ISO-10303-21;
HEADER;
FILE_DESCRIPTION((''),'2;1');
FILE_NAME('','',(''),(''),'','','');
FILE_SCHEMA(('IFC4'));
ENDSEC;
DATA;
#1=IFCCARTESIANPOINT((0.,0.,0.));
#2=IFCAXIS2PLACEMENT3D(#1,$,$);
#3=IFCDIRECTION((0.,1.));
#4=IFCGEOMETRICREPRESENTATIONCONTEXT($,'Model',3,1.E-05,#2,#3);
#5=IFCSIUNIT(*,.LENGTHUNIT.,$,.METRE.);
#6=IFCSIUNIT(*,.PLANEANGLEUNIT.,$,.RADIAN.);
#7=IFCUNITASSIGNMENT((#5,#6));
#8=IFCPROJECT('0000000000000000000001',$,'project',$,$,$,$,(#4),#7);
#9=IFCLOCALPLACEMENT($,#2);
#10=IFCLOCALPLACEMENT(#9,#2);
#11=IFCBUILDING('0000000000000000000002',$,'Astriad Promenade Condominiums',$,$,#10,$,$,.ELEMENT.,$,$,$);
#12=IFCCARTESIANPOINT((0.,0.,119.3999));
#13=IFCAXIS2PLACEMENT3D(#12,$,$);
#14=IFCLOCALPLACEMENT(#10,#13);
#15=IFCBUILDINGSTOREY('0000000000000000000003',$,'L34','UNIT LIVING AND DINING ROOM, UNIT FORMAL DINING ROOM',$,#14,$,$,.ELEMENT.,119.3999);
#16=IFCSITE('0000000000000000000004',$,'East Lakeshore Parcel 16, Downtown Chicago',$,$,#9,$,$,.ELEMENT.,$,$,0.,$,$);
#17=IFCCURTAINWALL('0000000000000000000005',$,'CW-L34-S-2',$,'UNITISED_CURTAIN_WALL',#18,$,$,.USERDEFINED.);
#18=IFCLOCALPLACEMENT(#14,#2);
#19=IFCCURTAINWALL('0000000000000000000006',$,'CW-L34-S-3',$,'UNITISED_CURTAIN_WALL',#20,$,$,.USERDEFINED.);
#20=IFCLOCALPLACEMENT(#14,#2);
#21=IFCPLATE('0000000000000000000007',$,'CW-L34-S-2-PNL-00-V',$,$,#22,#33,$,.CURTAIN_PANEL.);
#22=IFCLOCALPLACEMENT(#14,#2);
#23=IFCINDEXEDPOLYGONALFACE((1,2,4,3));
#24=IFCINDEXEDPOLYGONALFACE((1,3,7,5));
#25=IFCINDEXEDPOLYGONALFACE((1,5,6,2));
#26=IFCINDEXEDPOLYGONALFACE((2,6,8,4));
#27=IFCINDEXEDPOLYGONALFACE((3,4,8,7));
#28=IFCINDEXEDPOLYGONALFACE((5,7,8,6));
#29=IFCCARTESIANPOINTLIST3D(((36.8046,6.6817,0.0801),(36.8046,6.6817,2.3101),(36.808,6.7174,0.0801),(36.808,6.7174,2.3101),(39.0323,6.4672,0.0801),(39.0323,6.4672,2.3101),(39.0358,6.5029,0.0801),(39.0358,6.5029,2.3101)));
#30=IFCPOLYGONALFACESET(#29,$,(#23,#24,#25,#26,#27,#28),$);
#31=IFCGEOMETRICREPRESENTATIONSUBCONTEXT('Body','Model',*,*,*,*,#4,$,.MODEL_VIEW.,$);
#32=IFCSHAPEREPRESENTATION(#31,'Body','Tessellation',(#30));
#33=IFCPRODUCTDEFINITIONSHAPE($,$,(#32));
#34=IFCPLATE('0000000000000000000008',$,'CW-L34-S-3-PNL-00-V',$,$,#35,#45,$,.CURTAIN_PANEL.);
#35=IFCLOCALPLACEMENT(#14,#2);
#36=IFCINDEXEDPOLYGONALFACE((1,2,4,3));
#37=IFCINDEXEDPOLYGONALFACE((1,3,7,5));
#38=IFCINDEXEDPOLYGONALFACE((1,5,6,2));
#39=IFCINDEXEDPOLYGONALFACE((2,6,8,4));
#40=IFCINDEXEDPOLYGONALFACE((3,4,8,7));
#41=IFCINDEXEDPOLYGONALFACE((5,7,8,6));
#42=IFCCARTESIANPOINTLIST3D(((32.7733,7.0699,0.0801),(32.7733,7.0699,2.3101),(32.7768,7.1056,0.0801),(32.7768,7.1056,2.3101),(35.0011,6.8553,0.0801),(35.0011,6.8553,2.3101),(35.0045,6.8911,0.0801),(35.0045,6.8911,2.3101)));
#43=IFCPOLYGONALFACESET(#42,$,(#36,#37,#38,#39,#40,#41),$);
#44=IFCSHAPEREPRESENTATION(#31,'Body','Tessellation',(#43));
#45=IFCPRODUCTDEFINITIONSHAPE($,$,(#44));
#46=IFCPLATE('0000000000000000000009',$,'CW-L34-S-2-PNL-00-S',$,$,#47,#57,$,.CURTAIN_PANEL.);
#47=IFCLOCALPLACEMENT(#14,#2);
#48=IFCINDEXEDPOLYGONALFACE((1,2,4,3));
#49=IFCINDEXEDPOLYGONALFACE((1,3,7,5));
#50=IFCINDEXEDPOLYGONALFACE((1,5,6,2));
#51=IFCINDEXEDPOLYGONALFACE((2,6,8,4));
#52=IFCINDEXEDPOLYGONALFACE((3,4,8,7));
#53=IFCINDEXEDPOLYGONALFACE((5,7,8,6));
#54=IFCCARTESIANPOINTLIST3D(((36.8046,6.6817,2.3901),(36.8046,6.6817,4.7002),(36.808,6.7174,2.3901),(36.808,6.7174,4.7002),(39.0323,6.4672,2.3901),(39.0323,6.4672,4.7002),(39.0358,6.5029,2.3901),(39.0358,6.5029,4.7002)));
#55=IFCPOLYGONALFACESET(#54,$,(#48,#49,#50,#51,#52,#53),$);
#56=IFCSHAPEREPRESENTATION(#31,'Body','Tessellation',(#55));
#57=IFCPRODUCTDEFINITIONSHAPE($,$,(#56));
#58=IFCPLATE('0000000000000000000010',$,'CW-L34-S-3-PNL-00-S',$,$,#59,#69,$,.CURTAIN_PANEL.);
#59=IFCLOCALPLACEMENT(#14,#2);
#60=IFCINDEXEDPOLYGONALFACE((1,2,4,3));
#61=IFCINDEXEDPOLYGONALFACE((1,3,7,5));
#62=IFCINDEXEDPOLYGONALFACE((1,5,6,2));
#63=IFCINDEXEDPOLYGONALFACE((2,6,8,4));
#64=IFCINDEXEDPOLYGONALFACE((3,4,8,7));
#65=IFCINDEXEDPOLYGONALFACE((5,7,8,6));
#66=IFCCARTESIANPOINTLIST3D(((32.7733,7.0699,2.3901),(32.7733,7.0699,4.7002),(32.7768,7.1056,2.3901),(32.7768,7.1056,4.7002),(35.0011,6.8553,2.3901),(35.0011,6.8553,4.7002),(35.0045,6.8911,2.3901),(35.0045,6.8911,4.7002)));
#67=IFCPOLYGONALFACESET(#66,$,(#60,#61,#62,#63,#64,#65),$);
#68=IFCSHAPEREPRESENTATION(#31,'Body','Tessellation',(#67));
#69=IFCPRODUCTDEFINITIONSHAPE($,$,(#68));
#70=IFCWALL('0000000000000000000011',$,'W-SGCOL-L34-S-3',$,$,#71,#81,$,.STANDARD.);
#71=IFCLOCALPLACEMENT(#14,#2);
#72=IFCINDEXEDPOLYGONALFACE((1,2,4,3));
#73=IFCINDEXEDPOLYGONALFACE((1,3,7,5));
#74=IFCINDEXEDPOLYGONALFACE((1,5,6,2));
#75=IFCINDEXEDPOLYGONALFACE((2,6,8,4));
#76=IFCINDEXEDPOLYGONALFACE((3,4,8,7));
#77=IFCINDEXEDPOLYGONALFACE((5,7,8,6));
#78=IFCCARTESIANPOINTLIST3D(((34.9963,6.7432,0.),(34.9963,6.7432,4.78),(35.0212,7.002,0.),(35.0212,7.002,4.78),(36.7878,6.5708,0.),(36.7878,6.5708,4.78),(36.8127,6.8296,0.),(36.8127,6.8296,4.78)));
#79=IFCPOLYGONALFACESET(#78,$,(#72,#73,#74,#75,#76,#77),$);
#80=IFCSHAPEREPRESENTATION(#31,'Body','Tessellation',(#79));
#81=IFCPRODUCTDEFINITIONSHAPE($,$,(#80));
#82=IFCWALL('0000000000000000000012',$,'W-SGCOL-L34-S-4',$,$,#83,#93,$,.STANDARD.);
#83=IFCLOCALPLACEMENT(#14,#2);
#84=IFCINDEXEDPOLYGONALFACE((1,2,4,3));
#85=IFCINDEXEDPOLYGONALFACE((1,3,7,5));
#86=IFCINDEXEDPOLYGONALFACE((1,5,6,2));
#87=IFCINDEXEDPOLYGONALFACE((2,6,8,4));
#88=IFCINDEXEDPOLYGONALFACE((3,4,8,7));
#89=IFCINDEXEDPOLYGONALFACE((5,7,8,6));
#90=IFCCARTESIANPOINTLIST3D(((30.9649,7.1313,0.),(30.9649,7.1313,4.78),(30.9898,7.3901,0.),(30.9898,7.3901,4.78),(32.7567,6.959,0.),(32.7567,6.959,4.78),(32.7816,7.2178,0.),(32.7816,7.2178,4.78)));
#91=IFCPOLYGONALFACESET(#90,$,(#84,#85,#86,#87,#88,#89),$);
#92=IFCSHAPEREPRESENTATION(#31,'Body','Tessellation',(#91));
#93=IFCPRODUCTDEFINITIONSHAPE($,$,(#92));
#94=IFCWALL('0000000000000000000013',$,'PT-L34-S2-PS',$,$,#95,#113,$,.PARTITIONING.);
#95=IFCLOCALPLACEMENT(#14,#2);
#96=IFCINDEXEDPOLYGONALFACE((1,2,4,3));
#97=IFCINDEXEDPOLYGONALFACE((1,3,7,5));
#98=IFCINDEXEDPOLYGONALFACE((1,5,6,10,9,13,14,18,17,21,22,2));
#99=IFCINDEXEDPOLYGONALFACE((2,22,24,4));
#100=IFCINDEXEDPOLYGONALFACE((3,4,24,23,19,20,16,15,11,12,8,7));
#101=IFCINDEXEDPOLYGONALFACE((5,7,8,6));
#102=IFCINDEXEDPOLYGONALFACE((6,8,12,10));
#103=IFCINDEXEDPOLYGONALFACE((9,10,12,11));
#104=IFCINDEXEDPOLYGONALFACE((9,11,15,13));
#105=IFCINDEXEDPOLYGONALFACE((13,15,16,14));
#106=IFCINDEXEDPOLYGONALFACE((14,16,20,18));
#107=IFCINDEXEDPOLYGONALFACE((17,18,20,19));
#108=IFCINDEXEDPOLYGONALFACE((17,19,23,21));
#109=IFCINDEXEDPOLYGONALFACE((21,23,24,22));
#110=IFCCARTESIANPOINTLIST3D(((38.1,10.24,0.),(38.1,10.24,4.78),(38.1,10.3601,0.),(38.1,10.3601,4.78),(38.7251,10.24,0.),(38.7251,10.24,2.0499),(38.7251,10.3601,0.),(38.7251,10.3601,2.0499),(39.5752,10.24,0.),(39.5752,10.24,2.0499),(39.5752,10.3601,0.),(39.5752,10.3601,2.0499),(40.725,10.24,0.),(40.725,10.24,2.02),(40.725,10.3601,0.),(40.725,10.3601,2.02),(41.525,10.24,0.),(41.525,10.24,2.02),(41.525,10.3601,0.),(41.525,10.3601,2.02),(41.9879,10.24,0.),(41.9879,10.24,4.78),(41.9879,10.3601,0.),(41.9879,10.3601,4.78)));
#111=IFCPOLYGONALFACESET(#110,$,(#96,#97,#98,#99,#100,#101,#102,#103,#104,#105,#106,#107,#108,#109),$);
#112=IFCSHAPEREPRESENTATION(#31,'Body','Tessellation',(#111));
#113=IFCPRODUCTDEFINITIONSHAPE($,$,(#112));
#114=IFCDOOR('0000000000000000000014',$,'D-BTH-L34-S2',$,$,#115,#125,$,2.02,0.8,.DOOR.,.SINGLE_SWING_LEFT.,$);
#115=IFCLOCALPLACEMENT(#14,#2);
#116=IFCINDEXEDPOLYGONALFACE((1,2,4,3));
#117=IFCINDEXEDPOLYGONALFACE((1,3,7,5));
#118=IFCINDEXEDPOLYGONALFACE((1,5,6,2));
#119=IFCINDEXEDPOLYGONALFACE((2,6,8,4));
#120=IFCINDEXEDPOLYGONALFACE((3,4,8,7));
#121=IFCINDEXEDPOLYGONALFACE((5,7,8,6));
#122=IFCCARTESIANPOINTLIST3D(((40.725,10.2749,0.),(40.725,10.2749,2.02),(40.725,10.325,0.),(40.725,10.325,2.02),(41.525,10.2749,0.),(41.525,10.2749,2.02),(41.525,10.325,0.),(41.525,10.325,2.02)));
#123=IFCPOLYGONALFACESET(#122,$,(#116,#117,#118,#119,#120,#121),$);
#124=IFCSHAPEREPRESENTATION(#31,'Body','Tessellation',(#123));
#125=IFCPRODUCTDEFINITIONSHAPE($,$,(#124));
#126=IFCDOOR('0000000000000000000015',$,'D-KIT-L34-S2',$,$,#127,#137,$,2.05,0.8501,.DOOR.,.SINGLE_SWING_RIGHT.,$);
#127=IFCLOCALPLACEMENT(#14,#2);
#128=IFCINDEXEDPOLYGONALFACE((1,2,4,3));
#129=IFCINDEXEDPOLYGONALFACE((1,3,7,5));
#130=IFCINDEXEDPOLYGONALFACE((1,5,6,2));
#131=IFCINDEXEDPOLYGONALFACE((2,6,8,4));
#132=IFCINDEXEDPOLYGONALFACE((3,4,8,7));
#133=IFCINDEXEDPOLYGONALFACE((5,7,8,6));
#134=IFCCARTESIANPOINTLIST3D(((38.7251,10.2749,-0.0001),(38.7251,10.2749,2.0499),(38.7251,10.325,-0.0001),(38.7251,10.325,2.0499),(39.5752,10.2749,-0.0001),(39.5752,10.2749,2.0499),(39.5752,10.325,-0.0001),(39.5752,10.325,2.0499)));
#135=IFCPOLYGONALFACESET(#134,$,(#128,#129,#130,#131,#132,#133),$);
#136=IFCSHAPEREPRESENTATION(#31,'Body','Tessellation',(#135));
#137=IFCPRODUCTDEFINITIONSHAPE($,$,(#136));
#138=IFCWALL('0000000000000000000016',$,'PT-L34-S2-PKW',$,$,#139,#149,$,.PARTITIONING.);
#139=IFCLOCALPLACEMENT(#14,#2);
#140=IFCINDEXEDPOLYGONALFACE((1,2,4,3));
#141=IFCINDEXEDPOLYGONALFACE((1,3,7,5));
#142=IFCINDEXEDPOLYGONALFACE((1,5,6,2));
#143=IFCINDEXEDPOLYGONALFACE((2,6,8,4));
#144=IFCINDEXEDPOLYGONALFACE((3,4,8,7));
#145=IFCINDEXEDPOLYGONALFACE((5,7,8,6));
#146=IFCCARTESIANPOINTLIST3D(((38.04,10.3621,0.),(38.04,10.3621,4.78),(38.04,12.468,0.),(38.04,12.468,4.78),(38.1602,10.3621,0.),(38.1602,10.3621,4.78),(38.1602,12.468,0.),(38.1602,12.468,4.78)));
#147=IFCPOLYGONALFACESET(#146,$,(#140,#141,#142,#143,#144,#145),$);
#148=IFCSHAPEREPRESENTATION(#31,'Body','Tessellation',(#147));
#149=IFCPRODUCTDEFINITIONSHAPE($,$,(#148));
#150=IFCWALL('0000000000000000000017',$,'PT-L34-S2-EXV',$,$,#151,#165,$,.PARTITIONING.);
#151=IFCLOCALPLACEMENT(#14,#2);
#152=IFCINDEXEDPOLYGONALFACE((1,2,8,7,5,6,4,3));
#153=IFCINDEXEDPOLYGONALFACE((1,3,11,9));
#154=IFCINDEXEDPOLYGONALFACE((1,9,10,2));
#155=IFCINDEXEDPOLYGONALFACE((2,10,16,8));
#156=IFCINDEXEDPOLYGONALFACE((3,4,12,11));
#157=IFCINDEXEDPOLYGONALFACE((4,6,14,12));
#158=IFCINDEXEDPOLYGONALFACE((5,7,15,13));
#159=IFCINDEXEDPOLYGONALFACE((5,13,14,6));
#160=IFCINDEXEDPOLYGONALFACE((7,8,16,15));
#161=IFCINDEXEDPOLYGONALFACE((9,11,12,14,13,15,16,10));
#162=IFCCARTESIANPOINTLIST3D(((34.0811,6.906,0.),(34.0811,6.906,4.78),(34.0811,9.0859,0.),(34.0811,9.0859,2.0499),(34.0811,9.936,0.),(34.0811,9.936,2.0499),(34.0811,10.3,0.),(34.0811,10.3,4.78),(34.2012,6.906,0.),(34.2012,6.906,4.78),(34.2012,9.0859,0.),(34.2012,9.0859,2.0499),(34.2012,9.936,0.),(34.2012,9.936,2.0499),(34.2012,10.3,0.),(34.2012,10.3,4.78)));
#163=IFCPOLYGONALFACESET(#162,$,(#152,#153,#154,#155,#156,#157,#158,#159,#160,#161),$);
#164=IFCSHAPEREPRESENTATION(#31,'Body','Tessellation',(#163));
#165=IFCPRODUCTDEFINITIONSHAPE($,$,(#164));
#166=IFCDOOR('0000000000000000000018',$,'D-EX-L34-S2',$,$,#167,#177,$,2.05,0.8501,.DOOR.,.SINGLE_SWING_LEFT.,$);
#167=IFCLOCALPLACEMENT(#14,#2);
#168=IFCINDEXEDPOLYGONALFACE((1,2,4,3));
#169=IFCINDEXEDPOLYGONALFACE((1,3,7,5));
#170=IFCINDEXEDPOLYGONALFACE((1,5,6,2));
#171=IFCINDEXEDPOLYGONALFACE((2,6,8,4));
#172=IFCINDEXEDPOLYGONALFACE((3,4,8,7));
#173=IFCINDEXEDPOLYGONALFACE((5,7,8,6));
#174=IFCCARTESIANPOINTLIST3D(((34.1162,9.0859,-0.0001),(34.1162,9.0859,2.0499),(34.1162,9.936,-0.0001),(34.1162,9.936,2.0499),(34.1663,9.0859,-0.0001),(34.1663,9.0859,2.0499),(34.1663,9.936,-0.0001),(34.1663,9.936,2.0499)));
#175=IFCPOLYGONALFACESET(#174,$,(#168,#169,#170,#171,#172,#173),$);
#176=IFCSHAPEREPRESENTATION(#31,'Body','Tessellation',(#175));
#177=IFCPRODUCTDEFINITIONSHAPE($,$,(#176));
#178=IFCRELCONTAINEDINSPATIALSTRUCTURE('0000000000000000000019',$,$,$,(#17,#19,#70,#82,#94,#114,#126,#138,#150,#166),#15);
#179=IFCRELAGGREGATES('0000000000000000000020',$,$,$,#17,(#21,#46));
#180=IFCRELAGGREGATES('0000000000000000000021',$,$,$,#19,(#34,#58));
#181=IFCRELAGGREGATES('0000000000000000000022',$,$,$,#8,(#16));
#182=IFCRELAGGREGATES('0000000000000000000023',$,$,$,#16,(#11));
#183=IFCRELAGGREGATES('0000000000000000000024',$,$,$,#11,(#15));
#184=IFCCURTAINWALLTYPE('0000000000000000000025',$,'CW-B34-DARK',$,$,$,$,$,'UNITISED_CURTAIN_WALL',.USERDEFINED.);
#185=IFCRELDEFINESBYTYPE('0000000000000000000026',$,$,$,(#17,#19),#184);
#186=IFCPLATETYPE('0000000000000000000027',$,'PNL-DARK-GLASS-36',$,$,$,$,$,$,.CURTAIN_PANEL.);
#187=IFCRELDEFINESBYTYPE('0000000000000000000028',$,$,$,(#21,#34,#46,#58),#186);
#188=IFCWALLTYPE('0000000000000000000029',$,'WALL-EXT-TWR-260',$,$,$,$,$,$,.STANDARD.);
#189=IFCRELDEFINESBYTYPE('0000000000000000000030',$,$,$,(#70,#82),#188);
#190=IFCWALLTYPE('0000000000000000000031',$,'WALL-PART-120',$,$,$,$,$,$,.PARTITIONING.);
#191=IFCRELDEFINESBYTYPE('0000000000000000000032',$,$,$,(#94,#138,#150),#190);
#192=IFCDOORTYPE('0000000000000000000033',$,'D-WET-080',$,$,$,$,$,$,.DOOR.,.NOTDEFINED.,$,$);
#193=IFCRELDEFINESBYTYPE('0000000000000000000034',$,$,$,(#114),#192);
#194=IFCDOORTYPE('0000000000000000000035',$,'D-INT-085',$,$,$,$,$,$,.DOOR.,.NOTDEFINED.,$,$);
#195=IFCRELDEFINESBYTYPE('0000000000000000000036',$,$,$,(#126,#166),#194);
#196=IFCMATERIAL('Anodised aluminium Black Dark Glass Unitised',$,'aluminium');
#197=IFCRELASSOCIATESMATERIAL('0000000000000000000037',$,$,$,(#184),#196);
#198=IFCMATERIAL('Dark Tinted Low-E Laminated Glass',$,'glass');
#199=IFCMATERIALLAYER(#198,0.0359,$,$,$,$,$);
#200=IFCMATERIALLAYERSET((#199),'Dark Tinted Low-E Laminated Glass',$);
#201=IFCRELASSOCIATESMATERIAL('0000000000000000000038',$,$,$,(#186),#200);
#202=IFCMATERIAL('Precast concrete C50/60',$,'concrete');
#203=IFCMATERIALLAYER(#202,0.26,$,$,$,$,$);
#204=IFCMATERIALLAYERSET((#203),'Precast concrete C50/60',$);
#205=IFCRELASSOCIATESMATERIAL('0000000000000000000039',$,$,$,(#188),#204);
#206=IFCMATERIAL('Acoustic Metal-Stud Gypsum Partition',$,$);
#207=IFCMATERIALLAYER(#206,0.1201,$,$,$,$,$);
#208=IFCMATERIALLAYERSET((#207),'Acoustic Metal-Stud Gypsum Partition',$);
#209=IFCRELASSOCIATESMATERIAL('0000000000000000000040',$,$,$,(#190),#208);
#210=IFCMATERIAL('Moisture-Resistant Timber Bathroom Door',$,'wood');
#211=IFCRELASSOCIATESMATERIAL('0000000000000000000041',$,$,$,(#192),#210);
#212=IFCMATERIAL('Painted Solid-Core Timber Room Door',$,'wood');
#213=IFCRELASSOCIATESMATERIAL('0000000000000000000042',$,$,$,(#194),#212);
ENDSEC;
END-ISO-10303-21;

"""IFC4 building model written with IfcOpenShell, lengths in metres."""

from ifc_helpers import new_model, si_unit, direction, frame, frame_2d, origin, origin_2d, place, context, subcontext, project, spatial, rectangle, extrude, source, transform, mapped, material, layer, layer_set, type_object, type_shapes, element, fill, aggregate, save


model = new_model("IFC4")

# Units and contexts
model_context = context("Model", 3, precision=1e-05, world=origin(), true_north=direction((0.0, 1.0)))
body_context = subcontext(model_context, "Body", "Model", "MODEL_VIEW")
ifc_project = project(units=[si_unit("LENGTHUNIT", "METRE"), si_unit("PLANEANGLEUNIT", "RADIAN")], contexts=[model_context])

# Site, building, storey
site_placement = place(None, origin())
site = spatial("IfcSite", under=ifc_project, at=site_placement, Name="East Lakeshore Parcel 16, Downtown Chicago", CompositionType="ELEMENT", RefElevation=0.0)
building_placement = place(site_placement, origin())
building = spatial("IfcBuilding", under=site, at=building_placement, Name="Astriad Promenade Condominiums", CompositionType="ELEMENT")
storey_placement = place(building_placement, frame((0.0, 0.0, 119.3999)))
storey = spatial("IfcBuildingStorey", under=building, at=storey_placement, Name="L34", Description="UNIT LIVING AND DINING ROOM, UNIT FORMAL DINING ROOM", CompositionType="ELEMENT", Elevation=119.3999)

# Curtain wall
ifc_material_1 = material(Name="Anodised aluminium Black Dark Glass Unitised", Category="aluminium")
curtain_wall_type = type_object("IfcCurtainWallType", Name="CW-B34-DARK", ElementType="UNITISED_CURTAIN_WALL", PredefinedType="USERDEFINED", material=ifc_material_1)
curtain_wall_1_placement = place(storey_placement, origin())
curtain_wall_1 = element("IfcCurtainWall", 1, at=curtain_wall_1_placement, inside=storey, type_object=curtain_wall_type, Name="CW-L34-S-2", ObjectType="UNITISED_CURTAIN_WALL", PredefinedType="USERDEFINED")

# Curtain wall
curtain_wall_2_placement = place(storey_placement, origin())
curtain_wall_2 = element("IfcCurtainWall", 2, at=curtain_wall_2_placement, inside=storey, type_object=curtain_wall_type, Name="CW-L34-S-3", ObjectType="UNITISED_CURTAIN_WALL", PredefinedType="USERDEFINED")

# Plates
ifc_material_2 = material(Name="Dark Tinted Low-E Laminated Glass", Category="glass")
ifc_layer_1 = layer(ifc_material_2, 0.0359)
ifc_layer_set_1 = layer_set([ifc_layer_1], Name="Dark Tinted Low-E Laminated Glass")
plate_type = type_object("IfcPlateType", Name="PNL-DARK-GLASS-36", PredefinedType="CURTAIN_PANEL", material=ifc_layer_set_1)
shared_shape_1 = source(origin(), body_context, "Body", "SweptSolid", [
    extrude(rectangle(XDim=2.238, YDim=0.0359, at=origin_2d()), origin(), (0.0, 0.0, 1.0), 2.23),
])
plate_1_placement = place(storey_placement, frame((37.9202, 6.5923, 0.0801), z_axis=(0.0, 0.0, 1.0), x_axis=(-0.995398, 0.095828, 0.0)))
plate_1 = element("IfcPlate", 3, at=plate_1_placement, type_object=plate_type, Name="CW-L34-S-2-PNL-00-V", PredefinedType="CURTAIN_PANEL", context=body_context, shape_type="MappedRepresentation", body=[
    mapped(shared_shape_1, transform((0.0, 0.0, 0.0), scale=1.0)),
])
plate_2_placement = place(storey_placement, frame((33.8889, 6.9805, 0.0801), z_axis=(0.0, 0.0, 1.0), x_axis=(-0.995395, 0.095863, 0.0)))
plate_2 = element("IfcPlate", 4, at=plate_2_placement, type_object=plate_type, Name="CW-L34-S-3-PNL-00-V", PredefinedType="CURTAIN_PANEL", context=body_context, shape_type="MappedRepresentation", body=[
    mapped(shared_shape_1, transform((0.0, 0.0, 0.0), scale=1.0)),
])
shared_shape_2 = source(origin(), body_context, "Body", "SweptSolid", [
    extrude(rectangle(XDim=2.238, YDim=0.0359, at=origin_2d()), origin(), (0.0, 0.0, 1.0), 2.3101),
])
type_shapes(plate_type, [shared_shape_1, shared_shape_2])
plate_3_placement = place(storey_placement, frame((37.9202, 6.5923, 2.3901), z_axis=(0.0, 0.0, 1.0), x_axis=(-0.995398, 0.095828, 0.0)))
plate_3 = element("IfcPlate", 5, at=plate_3_placement, type_object=plate_type, Name="CW-L34-S-2-PNL-00-S", PredefinedType="CURTAIN_PANEL", context=body_context, shape_type="MappedRepresentation", body=[
    mapped(shared_shape_2, transform((0.0, 0.0, 0.0), scale=1.0)),
])
aggregate(curtain_wall_1, [plate_1, plate_3])
plate_4_placement = place(storey_placement, frame((33.8889, 6.9805, 2.3901), z_axis=(0.0, 0.0, 1.0), x_axis=(-0.995395, 0.095863, 0.0)))
plate_4 = element("IfcPlate", 6, at=plate_4_placement, type_object=plate_type, Name="CW-L34-S-3-PNL-00-S", PredefinedType="CURTAIN_PANEL", context=body_context, shape_type="MappedRepresentation", body=[
    mapped(shared_shape_2, transform((0.0, 0.0, 0.0), scale=1.0)),
])
aggregate(curtain_wall_2, [plate_2, plate_4])

# Walls
ifc_material_3 = material(Name="Precast concrete C50/60", Category="concrete")
ifc_layer_2 = layer(ifc_material_3, 0.26)
ifc_layer_set_2 = layer_set([ifc_layer_2], Name="Precast concrete C50/60")
wall_type_1 = type_object("IfcWallType", Name="WALL-EXT-TWR-260", PredefinedType="STANDARD", material=ifc_layer_set_2)
wall_1_placement = place(storey_placement, frame((36.8003, 6.7002, 0.0), z_axis=(0.0, 0.0, 1.0), x_axis=(-0.995404, 0.095769, 0.0)))
element("IfcWall", 7, at=wall_1_placement, inside=storey, type_object=wall_type_1, Name="W-SGCOL-L34-S-3", PredefinedType="STANDARD", context=body_context, shape_type="SweptSolid", body=[
    extrude(rectangle(XDim=1.7998, YDim=0.26, at=frame_2d((0.8999, 0.0))), origin(), (0.0, 0.0, 1.0), 4.78),
])
wall_2_placement = place(storey_placement, frame((32.769, 7.0884, 0.0), z_axis=(0.0, 0.0, 1.0), x_axis=(-0.995405, 0.095756, 0.0)))
element("IfcWall", 8, at=wall_2_placement, inside=storey, type_object=wall_type_1, Name="W-SGCOL-L34-S-4", PredefinedType="STANDARD", context=body_context, shape_type="SweptSolid", body=[
    extrude(rectangle(XDim=1.8, YDim=0.26, at=frame_2d((0.8999, 0.0))), origin(), (0.0, 0.0, 1.0), 4.78),
])

# Wall, openings, doors
ifc_material_4 = material(Name="Acoustic Metal-Stud Gypsum Partition")
ifc_layer_3 = layer(ifc_material_4, 0.1201)
ifc_layer_set_3 = layer_set([ifc_layer_3], Name="Acoustic Metal-Stud Gypsum Partition")
wall_type_2 = type_object("IfcWallType", Name="WALL-PART-120", PredefinedType="PARTITIONING", material=ifc_layer_set_3)
wall_3_placement = place(storey_placement, frame((38.1001, 10.3, 0.0), z_axis=(0.0, 0.0, 1.0), x_axis=(1.0, 0.0, 0.0)))
wall_3 = element("IfcWall", 9, at=wall_3_placement, inside=storey, type_object=wall_type_2, Name="PT-L34-S2-PS", PredefinedType="PARTITIONING", context=body_context, shape_type="SweptSolid", body=[
    extrude(rectangle(XDim=3.8879, YDim=0.1201, at=frame_2d((1.9438, 0.0))), origin(), (0.0, 0.0, 1.0), 4.78),
])
opening_1_placement = place(wall_3_placement, frame((0.625, 0.0, 0.0)))
opening_1 = element("IfcOpeningElement", 10, at=opening_1_placement, cuts=wall_3, PredefinedType="OPENING", context=body_context, shape_type="SweptSolid", body=[
    extrude(rectangle(XDim=0.8501, YDim=2.05, at=frame_2d((0.425, 1.0249))), frame((0.0, 0.0701, 0.0), z_axis=(0.0, -1.0, 0.0), x_axis=(1.0, 0.0, 0.0)), (0.0, 0.0, 1.0), 0.1401),
])
opening_2_placement = place(wall_3_placement, frame((2.625, 0.0, 0.0)))
opening_2 = element("IfcOpeningElement", 11, at=opening_2_placement, cuts=wall_3, PredefinedType="OPENING", context=body_context, shape_type="SweptSolid", body=[
    extrude(rectangle(XDim=0.8, YDim=2.02, at=frame_2d((0.3999, 1.01))), frame((0.0, 0.0701, 0.0), z_axis=(0.0, -1.0, 0.0), x_axis=(1.0, 0.0, 0.0)), (0.0, 0.0, 1.0), 0.1401),
])
ifc_material_5 = material(Name="Moisture-Resistant Timber Bathroom Door", Category="wood")
door_type_1 = type_object("IfcDoorType", Name="D-WET-080", OperationType="NOTDEFINED", PredefinedType="DOOR", material=ifc_material_5)
shared_shape_3 = source(origin(), body_context, "Body", "SweptSolid", [
    extrude(rectangle(XDim=0.8, YDim=2.02, at=frame_2d((0.3999, 1.01))), frame((0.0, 0.0249, 0.0), z_axis=(0.0, -1.0, 0.0), x_axis=(1.0, 0.0, 0.0)), (0.0, 0.0, 1.0), 0.05),
])
type_shapes(door_type_1, [shared_shape_3])
door_1_placement = place(opening_2_placement, origin())
door_1 = element("IfcDoor", 12, at=door_1_placement, inside=storey, type_object=door_type_1, Name="D-BTH-L34-S2", OperationType="SINGLE_SWING_LEFT", OverallHeight=2.02, OverallWidth=0.8, PredefinedType="DOOR", context=body_context, shape_type="MappedRepresentation", body=[
    mapped(shared_shape_3, transform((0.0, 0.0, 0.0), scale=1.0)),
])
fill(opening_2, door_1)
ifc_material_6 = material(Name="Painted Solid-Core Timber Room Door", Category="wood")
door_type_2 = type_object("IfcDoorType", Name="D-INT-085", OperationType="NOTDEFINED", PredefinedType="DOOR", material=ifc_material_6)
shared_shape_4 = source(origin(), body_context, "Body", "SweptSolid", [
    extrude(rectangle(XDim=0.8501, YDim=2.05, at=frame_2d((0.425, 1.0249))), frame((0.0, 0.0249, 0.0), z_axis=(0.0, -1.0, 0.0), x_axis=(1.0, 0.0, 0.0)), (0.0, 0.0, 1.0), 0.05),
])
type_shapes(door_type_2, [shared_shape_4])
door_2_placement = place(opening_1_placement, origin())
door_2 = element("IfcDoor", 13, at=door_2_placement, inside=storey, type_object=door_type_2, Name="D-KIT-L34-S2", OperationType="SINGLE_SWING_RIGHT", OverallHeight=2.05, OverallWidth=0.8501, PredefinedType="DOOR", context=body_context, shape_type="MappedRepresentation", body=[
    mapped(shared_shape_4, transform((0.0, 0.0, 0.0), scale=1.0)),
])
fill(opening_1, door_2)

# Wall
wall_4_placement = place(storey_placement, frame((38.1001, 10.3621, 0.0), z_axis=(0.0, 0.0, 1.0), x_axis=(0.0, 1.0, 0.0)))
element("IfcWall", 14, at=wall_4_placement, inside=storey, type_object=wall_type_2, Name="PT-L34-S2-PKW", PredefinedType="PARTITIONING", context=body_context, shape_type="SweptSolid", body=[
    extrude(rectangle(XDim=2.106, YDim=0.1201, at=frame_2d((1.053, 0.0))), origin(), (0.0, 0.0, 1.0), 4.78),
])

# Wall, opening, door
wall_5_placement = place(storey_placement, frame((34.1411, 6.906, 0.0), z_axis=(0.0, 0.0, 1.0), x_axis=(0.0, 1.0, 0.0)))
wall_5 = element("IfcWall", 15, at=wall_5_placement, inside=storey, type_object=wall_type_2, Name="PT-L34-S2-EXV", PredefinedType="PARTITIONING", context=body_context, shape_type="SweptSolid", body=[
    extrude(rectangle(XDim=3.394, YDim=0.1201, at=frame_2d((1.697, 0.0))), origin(), (0.0, 0.0, 1.0), 4.78),
])
opening_3_placement = place(wall_5_placement, frame((2.1799, 0.0, 0.0)))
opening_3 = element("IfcOpeningElement", 16, at=opening_3_placement, cuts=wall_5, PredefinedType="OPENING", context=body_context, shape_type="SweptSolid", body=[
    extrude(rectangle(XDim=0.8501, YDim=2.05, at=frame_2d((0.425, 1.0249))), frame((0.0, 0.0701, 0.0), z_axis=(0.0, -1.0, 0.0), x_axis=(1.0, 0.0, 0.0)), (0.0, 0.0, 1.0), 0.1401),
])
door_3_placement = place(opening_3_placement, origin())
door_3 = element("IfcDoor", 17, at=door_3_placement, inside=storey, type_object=door_type_2, Name="D-EX-L34-S2", OperationType="SINGLE_SWING_LEFT", OverallHeight=2.05, OverallWidth=0.8501, PredefinedType="DOOR", context=body_context, shape_type="MappedRepresentation", body=[
    mapped(shared_shape_4, transform((0.0, 0.0, 0.0), scale=1.0)),
])
fill(opening_3, door_3)

save(model, "model.ifc")
